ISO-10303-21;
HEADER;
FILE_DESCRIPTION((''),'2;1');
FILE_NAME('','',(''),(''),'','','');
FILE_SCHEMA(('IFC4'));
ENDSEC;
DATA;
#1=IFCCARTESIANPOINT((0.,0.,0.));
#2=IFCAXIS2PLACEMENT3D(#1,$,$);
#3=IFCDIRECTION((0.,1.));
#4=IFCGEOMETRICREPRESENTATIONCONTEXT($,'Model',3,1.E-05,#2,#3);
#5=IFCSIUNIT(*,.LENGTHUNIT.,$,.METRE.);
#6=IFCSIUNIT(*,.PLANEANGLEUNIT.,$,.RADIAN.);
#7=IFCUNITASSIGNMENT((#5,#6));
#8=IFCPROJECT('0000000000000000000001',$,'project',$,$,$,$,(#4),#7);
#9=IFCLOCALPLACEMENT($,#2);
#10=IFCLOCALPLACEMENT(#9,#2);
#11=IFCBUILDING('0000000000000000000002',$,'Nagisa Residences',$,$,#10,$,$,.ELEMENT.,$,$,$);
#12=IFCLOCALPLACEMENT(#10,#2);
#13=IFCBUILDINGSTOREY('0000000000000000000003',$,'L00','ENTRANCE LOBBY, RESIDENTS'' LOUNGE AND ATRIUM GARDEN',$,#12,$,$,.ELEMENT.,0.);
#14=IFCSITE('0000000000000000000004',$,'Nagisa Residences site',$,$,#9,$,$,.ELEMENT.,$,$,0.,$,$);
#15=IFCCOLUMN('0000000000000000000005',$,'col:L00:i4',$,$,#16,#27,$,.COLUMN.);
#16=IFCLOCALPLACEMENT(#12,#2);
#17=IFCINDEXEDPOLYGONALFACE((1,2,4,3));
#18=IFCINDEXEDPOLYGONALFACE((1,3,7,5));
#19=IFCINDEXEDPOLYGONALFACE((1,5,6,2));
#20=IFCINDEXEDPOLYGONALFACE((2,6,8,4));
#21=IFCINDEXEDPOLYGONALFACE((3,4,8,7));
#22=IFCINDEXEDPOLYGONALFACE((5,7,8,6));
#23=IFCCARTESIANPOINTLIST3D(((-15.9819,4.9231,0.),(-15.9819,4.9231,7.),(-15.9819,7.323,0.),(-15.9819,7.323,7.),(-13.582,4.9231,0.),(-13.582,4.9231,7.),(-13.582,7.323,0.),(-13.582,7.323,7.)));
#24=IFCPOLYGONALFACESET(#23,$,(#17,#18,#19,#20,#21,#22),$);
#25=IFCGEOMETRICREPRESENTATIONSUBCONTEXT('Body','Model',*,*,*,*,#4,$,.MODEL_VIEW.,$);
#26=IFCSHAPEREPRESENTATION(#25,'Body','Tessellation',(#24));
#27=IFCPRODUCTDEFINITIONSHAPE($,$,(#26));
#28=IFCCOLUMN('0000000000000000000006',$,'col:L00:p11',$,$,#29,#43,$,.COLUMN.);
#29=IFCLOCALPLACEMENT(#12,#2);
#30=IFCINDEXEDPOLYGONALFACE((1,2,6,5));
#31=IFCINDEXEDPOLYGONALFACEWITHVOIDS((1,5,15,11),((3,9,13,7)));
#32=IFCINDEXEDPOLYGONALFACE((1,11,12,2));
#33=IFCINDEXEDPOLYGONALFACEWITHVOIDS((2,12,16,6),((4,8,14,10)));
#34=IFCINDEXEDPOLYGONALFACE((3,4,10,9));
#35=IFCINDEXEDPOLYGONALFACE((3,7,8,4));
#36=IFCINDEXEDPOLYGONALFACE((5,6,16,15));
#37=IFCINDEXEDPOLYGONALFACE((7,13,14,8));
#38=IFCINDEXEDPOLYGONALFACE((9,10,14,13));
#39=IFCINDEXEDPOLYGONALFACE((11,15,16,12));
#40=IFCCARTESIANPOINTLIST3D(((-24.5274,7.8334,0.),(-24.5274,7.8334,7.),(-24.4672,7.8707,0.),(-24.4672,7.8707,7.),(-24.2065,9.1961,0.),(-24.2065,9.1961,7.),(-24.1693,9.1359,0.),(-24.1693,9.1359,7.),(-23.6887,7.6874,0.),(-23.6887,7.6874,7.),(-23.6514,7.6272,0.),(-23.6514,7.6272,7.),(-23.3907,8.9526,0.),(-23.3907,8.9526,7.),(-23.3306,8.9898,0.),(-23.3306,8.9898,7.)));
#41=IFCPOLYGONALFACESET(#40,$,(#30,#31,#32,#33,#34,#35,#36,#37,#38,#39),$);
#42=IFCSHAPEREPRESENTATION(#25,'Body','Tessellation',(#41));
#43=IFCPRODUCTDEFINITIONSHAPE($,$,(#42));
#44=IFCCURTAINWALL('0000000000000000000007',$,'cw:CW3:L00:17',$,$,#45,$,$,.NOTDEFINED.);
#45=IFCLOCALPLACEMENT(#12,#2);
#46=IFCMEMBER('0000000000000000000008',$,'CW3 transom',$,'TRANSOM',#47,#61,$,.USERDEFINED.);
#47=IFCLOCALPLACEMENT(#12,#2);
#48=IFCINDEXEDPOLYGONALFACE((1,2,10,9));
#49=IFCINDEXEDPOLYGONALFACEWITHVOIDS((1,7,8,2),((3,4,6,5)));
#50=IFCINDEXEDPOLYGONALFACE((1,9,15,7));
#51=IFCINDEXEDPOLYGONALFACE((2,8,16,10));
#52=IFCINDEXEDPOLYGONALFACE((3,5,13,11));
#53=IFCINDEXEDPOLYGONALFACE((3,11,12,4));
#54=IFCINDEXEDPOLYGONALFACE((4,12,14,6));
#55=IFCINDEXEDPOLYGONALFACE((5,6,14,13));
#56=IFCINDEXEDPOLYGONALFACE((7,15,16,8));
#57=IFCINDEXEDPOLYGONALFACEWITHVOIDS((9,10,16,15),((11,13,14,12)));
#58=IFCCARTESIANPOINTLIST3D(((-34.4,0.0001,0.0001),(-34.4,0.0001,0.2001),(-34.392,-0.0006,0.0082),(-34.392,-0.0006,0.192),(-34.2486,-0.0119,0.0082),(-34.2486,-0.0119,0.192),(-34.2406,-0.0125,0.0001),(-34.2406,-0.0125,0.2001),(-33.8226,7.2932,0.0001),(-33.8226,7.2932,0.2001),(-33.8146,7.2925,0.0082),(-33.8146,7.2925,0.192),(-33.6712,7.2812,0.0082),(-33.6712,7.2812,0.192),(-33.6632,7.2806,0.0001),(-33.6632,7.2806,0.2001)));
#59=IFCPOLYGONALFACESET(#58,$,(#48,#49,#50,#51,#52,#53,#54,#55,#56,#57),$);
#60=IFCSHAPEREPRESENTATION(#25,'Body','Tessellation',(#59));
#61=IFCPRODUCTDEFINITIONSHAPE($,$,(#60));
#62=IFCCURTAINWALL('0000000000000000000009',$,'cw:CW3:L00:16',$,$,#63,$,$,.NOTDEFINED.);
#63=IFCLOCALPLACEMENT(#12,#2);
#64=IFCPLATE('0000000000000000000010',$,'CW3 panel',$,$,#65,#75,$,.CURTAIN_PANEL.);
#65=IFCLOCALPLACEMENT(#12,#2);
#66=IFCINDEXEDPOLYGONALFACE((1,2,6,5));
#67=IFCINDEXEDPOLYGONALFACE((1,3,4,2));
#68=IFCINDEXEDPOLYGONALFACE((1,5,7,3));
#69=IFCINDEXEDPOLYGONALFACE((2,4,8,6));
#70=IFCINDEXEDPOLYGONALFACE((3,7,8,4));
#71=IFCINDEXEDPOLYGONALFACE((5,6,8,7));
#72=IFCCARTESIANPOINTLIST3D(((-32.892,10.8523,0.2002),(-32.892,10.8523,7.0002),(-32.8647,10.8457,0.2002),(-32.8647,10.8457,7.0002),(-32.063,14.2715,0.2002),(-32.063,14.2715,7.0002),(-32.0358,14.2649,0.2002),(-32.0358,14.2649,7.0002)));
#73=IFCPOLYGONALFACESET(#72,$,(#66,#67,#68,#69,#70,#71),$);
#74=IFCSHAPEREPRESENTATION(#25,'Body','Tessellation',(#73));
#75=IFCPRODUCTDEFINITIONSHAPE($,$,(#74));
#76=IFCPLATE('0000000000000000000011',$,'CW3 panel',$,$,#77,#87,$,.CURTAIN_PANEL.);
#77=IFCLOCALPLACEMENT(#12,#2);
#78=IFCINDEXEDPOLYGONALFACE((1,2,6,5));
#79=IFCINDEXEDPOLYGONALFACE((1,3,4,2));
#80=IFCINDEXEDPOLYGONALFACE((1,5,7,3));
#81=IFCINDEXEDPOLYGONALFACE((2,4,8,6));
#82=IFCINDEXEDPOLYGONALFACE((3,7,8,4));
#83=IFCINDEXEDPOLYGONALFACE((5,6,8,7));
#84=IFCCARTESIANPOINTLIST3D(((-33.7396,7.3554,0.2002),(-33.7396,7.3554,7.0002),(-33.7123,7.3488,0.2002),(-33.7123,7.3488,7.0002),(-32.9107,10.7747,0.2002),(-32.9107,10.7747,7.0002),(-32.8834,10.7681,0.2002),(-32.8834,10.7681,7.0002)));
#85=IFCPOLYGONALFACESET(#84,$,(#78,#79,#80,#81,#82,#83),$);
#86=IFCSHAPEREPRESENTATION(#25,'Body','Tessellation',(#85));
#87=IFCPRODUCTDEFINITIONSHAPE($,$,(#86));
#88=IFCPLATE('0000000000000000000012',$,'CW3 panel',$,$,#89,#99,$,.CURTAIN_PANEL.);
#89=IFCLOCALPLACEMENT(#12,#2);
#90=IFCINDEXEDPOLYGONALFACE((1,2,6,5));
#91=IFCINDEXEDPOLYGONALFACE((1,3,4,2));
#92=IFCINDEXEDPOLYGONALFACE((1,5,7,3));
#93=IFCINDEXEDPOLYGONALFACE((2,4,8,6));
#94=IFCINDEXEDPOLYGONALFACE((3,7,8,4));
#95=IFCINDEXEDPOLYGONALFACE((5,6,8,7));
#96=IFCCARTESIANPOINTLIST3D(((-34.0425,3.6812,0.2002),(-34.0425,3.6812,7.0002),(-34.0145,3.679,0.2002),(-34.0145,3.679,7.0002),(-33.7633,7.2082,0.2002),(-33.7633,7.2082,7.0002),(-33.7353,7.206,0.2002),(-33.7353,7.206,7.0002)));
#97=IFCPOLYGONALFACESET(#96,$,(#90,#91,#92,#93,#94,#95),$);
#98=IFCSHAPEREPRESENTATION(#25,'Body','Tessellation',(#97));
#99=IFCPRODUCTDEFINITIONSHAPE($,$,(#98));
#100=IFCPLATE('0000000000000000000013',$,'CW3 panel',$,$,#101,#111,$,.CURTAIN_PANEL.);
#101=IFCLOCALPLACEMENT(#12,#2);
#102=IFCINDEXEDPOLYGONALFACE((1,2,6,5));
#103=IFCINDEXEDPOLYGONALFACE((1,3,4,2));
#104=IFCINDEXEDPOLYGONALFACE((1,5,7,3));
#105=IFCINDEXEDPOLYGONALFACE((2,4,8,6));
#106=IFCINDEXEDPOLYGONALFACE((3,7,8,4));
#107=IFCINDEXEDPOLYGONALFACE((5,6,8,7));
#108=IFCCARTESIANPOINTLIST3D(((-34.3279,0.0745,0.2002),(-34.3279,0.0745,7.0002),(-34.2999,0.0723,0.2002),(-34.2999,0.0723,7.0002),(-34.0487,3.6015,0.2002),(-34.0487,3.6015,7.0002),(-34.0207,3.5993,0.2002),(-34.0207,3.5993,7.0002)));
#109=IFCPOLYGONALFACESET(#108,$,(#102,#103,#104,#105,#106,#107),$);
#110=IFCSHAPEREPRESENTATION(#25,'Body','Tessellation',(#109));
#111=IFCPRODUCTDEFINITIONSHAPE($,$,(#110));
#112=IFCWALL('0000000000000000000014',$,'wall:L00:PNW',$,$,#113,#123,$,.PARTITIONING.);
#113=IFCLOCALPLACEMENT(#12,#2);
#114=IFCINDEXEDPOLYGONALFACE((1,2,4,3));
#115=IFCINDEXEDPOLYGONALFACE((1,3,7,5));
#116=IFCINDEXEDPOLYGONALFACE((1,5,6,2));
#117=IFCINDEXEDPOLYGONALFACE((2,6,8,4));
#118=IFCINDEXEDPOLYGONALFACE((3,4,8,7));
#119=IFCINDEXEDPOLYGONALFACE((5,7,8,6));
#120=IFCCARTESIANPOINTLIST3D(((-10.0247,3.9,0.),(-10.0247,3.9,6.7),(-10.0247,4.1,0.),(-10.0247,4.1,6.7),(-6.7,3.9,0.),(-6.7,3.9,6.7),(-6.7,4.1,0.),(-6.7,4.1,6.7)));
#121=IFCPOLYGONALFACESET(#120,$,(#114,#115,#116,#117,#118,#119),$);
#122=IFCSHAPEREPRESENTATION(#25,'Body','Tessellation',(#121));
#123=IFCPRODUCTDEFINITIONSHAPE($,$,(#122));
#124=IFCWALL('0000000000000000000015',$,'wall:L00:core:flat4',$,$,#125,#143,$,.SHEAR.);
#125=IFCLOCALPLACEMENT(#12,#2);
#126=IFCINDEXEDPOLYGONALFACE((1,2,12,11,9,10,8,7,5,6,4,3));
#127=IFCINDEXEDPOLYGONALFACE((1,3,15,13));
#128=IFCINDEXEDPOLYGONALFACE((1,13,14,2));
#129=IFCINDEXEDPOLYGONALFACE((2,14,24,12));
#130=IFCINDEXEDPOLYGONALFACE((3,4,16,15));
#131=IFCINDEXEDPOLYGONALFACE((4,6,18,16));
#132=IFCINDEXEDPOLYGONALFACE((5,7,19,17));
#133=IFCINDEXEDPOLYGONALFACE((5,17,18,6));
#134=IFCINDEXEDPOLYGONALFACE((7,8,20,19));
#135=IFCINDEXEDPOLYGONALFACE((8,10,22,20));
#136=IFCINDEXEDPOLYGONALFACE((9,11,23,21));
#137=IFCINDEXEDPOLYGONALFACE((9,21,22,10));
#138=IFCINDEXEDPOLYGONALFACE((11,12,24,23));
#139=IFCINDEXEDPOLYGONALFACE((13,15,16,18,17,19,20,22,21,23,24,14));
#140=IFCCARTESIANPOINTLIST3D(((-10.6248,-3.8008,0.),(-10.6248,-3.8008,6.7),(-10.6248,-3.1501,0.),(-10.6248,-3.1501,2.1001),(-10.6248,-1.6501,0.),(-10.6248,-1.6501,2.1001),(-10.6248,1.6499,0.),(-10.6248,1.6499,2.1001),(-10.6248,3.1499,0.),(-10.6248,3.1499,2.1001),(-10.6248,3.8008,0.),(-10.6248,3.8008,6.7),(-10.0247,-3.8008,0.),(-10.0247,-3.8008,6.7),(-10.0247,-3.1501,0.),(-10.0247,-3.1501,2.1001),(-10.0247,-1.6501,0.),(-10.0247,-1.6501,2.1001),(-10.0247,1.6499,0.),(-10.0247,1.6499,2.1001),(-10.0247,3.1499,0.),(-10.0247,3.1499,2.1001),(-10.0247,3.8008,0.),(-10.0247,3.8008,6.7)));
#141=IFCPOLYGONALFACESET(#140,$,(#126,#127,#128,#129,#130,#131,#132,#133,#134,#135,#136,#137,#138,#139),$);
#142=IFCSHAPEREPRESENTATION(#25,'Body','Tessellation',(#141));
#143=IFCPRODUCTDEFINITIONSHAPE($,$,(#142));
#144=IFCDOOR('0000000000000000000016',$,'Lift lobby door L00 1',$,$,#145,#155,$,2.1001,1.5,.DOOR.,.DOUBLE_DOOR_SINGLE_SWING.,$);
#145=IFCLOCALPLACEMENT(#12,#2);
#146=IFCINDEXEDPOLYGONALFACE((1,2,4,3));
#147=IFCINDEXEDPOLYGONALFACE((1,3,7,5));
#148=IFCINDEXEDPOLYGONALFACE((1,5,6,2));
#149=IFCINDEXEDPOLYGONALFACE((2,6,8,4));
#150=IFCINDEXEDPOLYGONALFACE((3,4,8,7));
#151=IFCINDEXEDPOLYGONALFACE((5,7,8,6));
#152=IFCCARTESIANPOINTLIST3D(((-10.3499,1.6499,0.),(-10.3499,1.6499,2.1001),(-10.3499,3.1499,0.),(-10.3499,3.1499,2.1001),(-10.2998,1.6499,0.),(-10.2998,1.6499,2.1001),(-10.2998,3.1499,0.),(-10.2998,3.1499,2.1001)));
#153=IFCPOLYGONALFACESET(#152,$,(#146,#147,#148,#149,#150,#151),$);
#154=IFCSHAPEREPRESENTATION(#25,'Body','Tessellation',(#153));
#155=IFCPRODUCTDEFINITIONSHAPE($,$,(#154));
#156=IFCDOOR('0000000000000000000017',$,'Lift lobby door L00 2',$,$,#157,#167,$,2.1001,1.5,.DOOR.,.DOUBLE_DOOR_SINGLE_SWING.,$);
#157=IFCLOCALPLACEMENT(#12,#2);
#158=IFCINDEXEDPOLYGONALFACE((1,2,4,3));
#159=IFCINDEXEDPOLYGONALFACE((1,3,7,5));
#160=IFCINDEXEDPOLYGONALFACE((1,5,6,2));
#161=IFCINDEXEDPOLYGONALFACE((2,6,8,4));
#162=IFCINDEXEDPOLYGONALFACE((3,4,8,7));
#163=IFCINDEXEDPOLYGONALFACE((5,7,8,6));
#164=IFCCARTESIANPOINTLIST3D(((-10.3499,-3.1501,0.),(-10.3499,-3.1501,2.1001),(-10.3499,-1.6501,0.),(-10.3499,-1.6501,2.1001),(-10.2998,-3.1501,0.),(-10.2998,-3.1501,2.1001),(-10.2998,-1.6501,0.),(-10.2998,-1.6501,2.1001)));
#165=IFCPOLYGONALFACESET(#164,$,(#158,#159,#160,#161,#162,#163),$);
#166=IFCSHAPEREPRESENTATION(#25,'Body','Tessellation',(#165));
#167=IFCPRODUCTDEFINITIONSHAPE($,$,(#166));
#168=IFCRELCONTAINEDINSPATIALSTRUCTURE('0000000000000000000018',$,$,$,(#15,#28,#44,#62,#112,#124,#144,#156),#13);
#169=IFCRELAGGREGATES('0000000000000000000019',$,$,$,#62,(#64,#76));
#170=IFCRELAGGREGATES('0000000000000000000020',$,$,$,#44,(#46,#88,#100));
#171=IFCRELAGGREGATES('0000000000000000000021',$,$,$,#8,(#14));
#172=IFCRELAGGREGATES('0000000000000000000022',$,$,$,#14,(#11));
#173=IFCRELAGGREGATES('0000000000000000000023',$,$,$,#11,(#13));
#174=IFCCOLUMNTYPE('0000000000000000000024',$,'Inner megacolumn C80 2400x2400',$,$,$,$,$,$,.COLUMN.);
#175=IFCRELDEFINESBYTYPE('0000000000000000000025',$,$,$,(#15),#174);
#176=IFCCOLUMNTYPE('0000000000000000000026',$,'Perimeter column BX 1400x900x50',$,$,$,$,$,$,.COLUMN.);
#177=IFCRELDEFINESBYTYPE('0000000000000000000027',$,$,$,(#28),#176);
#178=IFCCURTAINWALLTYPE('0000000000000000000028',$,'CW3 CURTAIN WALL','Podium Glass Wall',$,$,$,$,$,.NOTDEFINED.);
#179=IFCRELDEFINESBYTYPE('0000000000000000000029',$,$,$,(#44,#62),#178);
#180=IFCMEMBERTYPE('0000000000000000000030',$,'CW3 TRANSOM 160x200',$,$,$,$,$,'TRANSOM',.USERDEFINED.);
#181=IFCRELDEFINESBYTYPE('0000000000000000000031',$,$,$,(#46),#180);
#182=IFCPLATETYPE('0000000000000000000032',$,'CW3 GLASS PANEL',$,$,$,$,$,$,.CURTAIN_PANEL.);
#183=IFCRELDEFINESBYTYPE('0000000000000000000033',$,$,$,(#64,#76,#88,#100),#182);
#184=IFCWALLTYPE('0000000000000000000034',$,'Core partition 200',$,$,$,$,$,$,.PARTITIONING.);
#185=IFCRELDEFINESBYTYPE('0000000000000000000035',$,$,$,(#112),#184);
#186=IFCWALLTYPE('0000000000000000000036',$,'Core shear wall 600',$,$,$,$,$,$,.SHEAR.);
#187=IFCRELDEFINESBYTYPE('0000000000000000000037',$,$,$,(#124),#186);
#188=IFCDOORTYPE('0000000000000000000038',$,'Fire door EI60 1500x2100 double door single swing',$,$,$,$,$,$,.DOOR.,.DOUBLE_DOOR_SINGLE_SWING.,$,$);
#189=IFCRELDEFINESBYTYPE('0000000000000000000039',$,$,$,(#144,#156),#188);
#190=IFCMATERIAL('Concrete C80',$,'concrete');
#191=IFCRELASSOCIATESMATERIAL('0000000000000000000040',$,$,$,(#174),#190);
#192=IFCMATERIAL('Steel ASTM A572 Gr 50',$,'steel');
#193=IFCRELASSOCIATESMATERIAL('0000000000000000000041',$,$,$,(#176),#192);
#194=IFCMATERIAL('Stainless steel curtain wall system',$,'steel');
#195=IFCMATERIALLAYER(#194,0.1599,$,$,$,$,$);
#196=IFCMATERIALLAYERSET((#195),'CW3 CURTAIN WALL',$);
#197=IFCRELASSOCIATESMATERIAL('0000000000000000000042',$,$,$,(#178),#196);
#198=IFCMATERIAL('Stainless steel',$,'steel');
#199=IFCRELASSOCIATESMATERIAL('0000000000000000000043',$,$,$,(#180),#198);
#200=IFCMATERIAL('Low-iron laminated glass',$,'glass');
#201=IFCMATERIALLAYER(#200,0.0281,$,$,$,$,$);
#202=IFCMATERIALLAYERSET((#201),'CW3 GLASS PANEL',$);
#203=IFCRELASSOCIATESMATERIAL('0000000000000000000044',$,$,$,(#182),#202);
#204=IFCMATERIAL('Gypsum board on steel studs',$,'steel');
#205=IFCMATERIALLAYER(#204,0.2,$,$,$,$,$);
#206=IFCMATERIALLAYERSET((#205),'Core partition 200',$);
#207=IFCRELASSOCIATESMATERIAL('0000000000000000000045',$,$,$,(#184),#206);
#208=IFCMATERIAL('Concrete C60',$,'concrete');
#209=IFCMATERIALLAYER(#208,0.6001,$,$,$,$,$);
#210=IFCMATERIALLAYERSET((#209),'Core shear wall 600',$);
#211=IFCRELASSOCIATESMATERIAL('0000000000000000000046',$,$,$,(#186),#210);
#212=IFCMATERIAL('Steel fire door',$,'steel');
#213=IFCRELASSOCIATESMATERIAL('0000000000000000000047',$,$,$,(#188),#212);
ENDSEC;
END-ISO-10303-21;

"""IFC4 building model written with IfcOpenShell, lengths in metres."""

from ifc_helpers import new_model, si_unit, direction, frame, frame_2d, origin, origin_2d, place, context, subcontext, project, spatial, rectangle, hollow_rectangle, extrude, material, layer, layer_set, material_profile, profile_set, type_object, element, fill, aggregate, save


model = new_model("IFC4")

# Units and contexts
model_context = context("Model", 3, precision=1e-05, world=origin(), true_north=direction((0.0, 1.0)))
body_context = subcontext(model_context, "Body", "Model", "MODEL_VIEW")
ifc_project = project(units=[si_unit("LENGTHUNIT", "METRE"), si_unit("PLANEANGLEUNIT", "RADIAN")], contexts=[model_context])

# Site, building, storey
site_placement = place(None, origin())
site = spatial("IfcSite", under=ifc_project, at=site_placement, Name="Nagisa Residences site", CompositionType="ELEMENT", RefElevation=0.0)
building_placement = place(site_placement, origin())
building = spatial("IfcBuilding", under=site, at=building_placement, Name="Nagisa Residences", CompositionType="ELEMENT")
storey_placement = place(building_placement, origin())
storey = spatial("IfcBuildingStorey", under=building, at=storey_placement, Name="L00", Description="ENTRANCE LOBBY, RESIDENTS' LOUNGE AND ATRIUM GARDEN", CompositionType="ELEMENT", Elevation=0.0)

# Columns
ifc_material_1 = material(Name="Concrete C80", Category="concrete")
ifc_material_profile_1 = material_profile(ifc_material_1, rectangle(XDim=2.3999, YDim=2.3999, at=origin_2d()), Name="C80 2400x2400")
ifc_profile_set_1 = profile_set([ifc_material_profile_1], Name="Concrete C80")
column_type_1 = type_object("IfcColumnType", Name="Inner megacolumn C80 2400x2400", PredefinedType="COLUMN", material=ifc_profile_set_1)
column_1_placement = place(storey_placement, frame((-14.782, 6.123, 0.0), z_axis=(0.0, 0.0, 1.0), x_axis=(1.0, 0.0, 0.0)))
element("IfcColumn", 1, at=column_1_placement, inside=storey, type_object=column_type_1, Name="col:L00:i4", PredefinedType="COLUMN", context=body_context, shape_type="SweptSolid", body=[
    extrude(rectangle(XDim=2.3999, YDim=2.3999, at=origin_2d()), origin(), (0.0, 0.0, 1.0), 7.0),
])
ifc_material_2 = material(Name="Steel ASTM A572 Gr 50", Category="steel")
ifc_material_profile_2 = material_profile(ifc_material_2, hollow_rectangle(XDim=1.3999, YDim=0.8999, WallThickness=0.05, at=origin_2d()), Name="BX 1400x900x50")
ifc_profile_set_2 = profile_set([ifc_material_profile_2], Name="Steel ASTM A572 Gr 50")
column_type_2 = type_object("IfcColumnType", Name="Perimeter column BX 1400x900x50", PredefinedType="COLUMN", material=ifc_profile_set_2)
column_2_placement = place(storey_placement, frame((-23.929, 8.4116, 0.0), z_axis=(0.0, 0.0, 1.0), x_axis=(-0.229202, -0.973379, 0.0)))
element("IfcColumn", 2, at=column_2_placement, inside=storey, type_object=column_type_2, Name="col:L00:p11", PredefinedType="COLUMN", context=body_context, shape_type="SweptSolid", body=[
    extrude(hollow_rectangle(XDim=1.3999, YDim=0.8999, WallThickness=0.05, at=origin_2d()), origin(), (0.0, 0.0, 1.0), 7.0),
])

# Curtain wall, member
ifc_material_3 = material(Name="Stainless steel curtain wall system", Category="steel")
ifc_layer_1 = layer(ifc_material_3, 0.1599)
ifc_layer_set_1 = layer_set([ifc_layer_1], Name="CW3 CURTAIN WALL")
curtain_wall_type = type_object("IfcCurtainWallType", Name="CW3 CURTAIN WALL", Description="Podium Glass Wall", PredefinedType="NOTDEFINED", material=ifc_layer_set_1)
curtain_wall_1_placement = place(storey_placement, origin())
curtain_wall_1 = element("IfcCurtainWall", 3, at=curtain_wall_1_placement, inside=storey, type_object=curtain_wall_type, Name="cw:CW3:L00:17", PredefinedType="NOTDEFINED")
ifc_material_4 = material(Name="Stainless steel", Category="steel")
ifc_material_profile_3 = material_profile(ifc_material_4, hollow_rectangle(XDim=0.1599, YDim=0.2, WallThickness=0.0081, at=origin_2d()), Name="CW3 TRANSOM 160x200")
ifc_profile_set_3 = profile_set([ifc_material_profile_3], Name="Stainless steel")
member_type = type_object("IfcMemberType", Name="CW3 TRANSOM 160x200", ElementType="TRANSOM", PredefinedType="USERDEFINED", material=ifc_profile_set_3)
member_placement = place(storey_placement, frame((-33.7429, 7.2869, 0.1001), z_axis=(-0.078922, -0.996881, 0.0), x_axis=(0.996881, -0.078922, 0.0)))
member = element("IfcMember", 4, at=member_placement, type_object=member_type, Name="CW3 transom", ObjectType="TRANSOM", PredefinedType="USERDEFINED", context=body_context, shape_type="SweptSolid", body=[
    extrude(hollow_rectangle(XDim=0.1599, YDim=0.2, WallThickness=0.0081, at=origin_2d()), origin(), (0.0, 0.0, 1.0), 7.3159),
])

# Curtain wall, plates
curtain_wall_2_placement = place(storey_placement, origin())
curtain_wall_2 = element("IfcCurtainWall", 5, at=curtain_wall_2_placement, inside=storey, type_object=curtain_wall_type, Name="cw:CW3:L00:16", PredefinedType="NOTDEFINED")
ifc_material_5 = material(Name="Low-iron laminated glass", Category="glass")
ifc_layer_2 = layer(ifc_material_5, 0.0281)
ifc_layer_set_2 = layer_set([ifc_layer_2], Name="CW3 GLASS PANEL")
plate_type = type_object("IfcPlateType", Name="CW3 GLASS PANEL", PredefinedType="CURTAIN_PANEL", material=ifc_layer_set_2)
plate_1_placement = place(storey_placement, frame((-32.4639, 12.5586, 0.2002), z_axis=(0.0, 0.0, 1.0), x_axis=(-0.235606, -0.971849, 0.0)))
plate_1 = element("IfcPlate", 6, at=plate_1_placement, type_object=plate_type, Name="CW3 panel", PredefinedType="CURTAIN_PANEL", context=body_context, shape_type="SweptSolid", body=[
    extrude(rectangle(XDim=3.5183, YDim=0.0281, at=origin_2d()), origin(), (0.0, 0.0, 1.0), 6.8),
])
plate_2_placement = place(storey_placement, frame((-33.3115, 9.0618, 0.2002), z_axis=(0.0, 0.0, 1.0), x_axis=(-0.235606, -0.971849, 0.0)))
plate_2 = element("IfcPlate", 7, at=plate_2_placement, type_object=plate_type, Name="CW3 panel", PredefinedType="CURTAIN_PANEL", context=body_context, shape_type="SweptSolid", body=[
    extrude(rectangle(XDim=3.5183, YDim=0.0281, at=origin_2d()), origin(), (0.0, 0.0, 1.0), 6.8),
])
aggregate(curtain_wall_2, [plate_1, plate_2])

# Plates
plate_3_placement = place(storey_placement, frame((-33.8889, 5.4436, 0.2002), z_axis=(0.0, 0.0, 1.0), x_axis=(-0.07891, -0.996882, 0.0)))
plate_3 = element("IfcPlate", 8, at=plate_3_placement, type_object=plate_type, Name="CW3 panel", PredefinedType="CURTAIN_PANEL", context=body_context, shape_type="SweptSolid", body=[
    extrude(rectangle(XDim=3.5381, YDim=0.0281, at=origin_2d()), origin(), (0.0, 0.0, 1.0), 6.8),
])
plate_4_placement = place(storey_placement, frame((-34.1743, 1.8369, 0.2002), z_axis=(0.0, 0.0, 1.0), x_axis=(-0.07891, -0.996882, 0.0)))
plate_4 = element("IfcPlate", 9, at=plate_4_placement, type_object=plate_type, Name="CW3 panel", PredefinedType="CURTAIN_PANEL", context=body_context, shape_type="SweptSolid", body=[
    extrude(rectangle(XDim=3.5381, YDim=0.0281, at=origin_2d()), origin(), (0.0, 0.0, 1.0), 6.8),
])
aggregate(curtain_wall_1, [member, plate_3, plate_4])

# Wall
ifc_material_6 = material(Name="Gypsum board on steel studs", Category="steel")
ifc_layer_3 = layer(ifc_material_6, 0.2)
ifc_layer_set_3 = layer_set([ifc_layer_3], Name="Core partition 200")
wall_type_1 = type_object("IfcWallType", Name="Core partition 200", PredefinedType="PARTITIONING", material=ifc_layer_set_3)
wall_1_placement = place(storey_placement, frame((-10.0247, 4.0, 0.0), z_axis=(0.0, 0.0, 1.0), x_axis=(1.0, 0.0, 0.0)))
element("IfcWall", 10, at=wall_1_placement, inside=storey, type_object=wall_type_1, Name="wall:L00:PNW", PredefinedType="PARTITIONING", context=body_context, shape_type="SweptSolid", body=[
    extrude(rectangle(XDim=3.3247, YDim=0.2, at=frame_2d((1.6624, 0.0))), origin(), (0.0, 0.0, 1.0), 6.7),
])

# Wall, openings, doors
ifc_material_7 = material(Name="Concrete C60", Category="concrete")
ifc_layer_4 = layer(ifc_material_7, 0.6001)
ifc_layer_set_4 = layer_set([ifc_layer_4], Name="Core shear wall 600")
wall_type_2 = type_object("IfcWallType", Name="Core shear wall 600", PredefinedType="SHEAR", material=ifc_layer_set_4)
wall_2_placement = place(storey_placement, frame((-10.3247, 3.8008, 0.0), z_axis=(0.0, 0.0, 1.0), x_axis=(0.0, -1.0, 0.0)))
wall_2 = element("IfcWall", 11, at=wall_2_placement, inside=storey, type_object=wall_type_2, Name="wall:L00:core:flat4", PredefinedType="SHEAR", context=body_context, shape_type="SweptSolid", body=[
    extrude(rectangle(XDim=7.6016, YDim=0.6001, at=frame_2d((3.8008, 0.0))), origin(), (0.0, 0.0, 1.0), 6.7),
])
opening_1_placement = place(wall_2_placement, frame((0.6509, 0.0, 0.0)))
opening_1 = element("IfcOpeningElement", 12, at=opening_1_placement, cuts=wall_2, PredefinedType="OPENING", context=body_context, shape_type="SweptSolid", body=[
    extrude(rectangle(XDim=1.5, YDim=2.1001, at=frame_2d((0.75, 1.05))), frame((0.0, 0.3101, 0.0), z_axis=(0.0, -1.0, 0.0), x_axis=(1.0, 0.0, 0.0)), (0.0, 0.0, 1.0), 0.6201),
])
opening_2_placement = place(wall_2_placement, frame((5.4509, 0.0, 0.0)))
opening_2 = element("IfcOpeningElement", 13, at=opening_2_placement, cuts=wall_2, PredefinedType="OPENING", context=body_context, shape_type="SweptSolid", body=[
    extrude(rectangle(XDim=1.5, YDim=2.1001, at=frame_2d((0.75, 1.05))), frame((0.0, 0.3101, 0.0), z_axis=(0.0, -1.0, 0.0), x_axis=(1.0, 0.0, 0.0)), (0.0, 0.0, 1.0), 0.6201),
])
ifc_material_8 = material(Name="Steel fire door", Category="steel")
door_type_1 = type_object("IfcDoorType", Name="Fire door EI60 1500x2100 double door single swing", OperationType="DOUBLE_DOOR_SINGLE_SWING", PredefinedType="DOOR", material=ifc_material_8)
door_1_placement = place(opening_1_placement, origin())
door_1 = element("IfcDoor", 14, at=door_1_placement, inside=storey, type_object=door_type_1, Name="Lift lobby door L00 1", OperationType="DOUBLE_DOOR_SINGLE_SWING", OverallHeight=2.1001, OverallWidth=1.5, PredefinedType="DOOR", context=body_context, shape_type="SweptSolid", body=[
    extrude(rectangle(XDim=1.5, YDim=2.1001, at=frame_2d((0.75, 1.05))), frame((0.0, 0.0249, 0.0), z_axis=(0.0, -1.0, 0.0), x_axis=(1.0, 0.0, 0.0)), (0.0, 0.0, 1.0), 0.05),
])
fill(opening_1, door_1)
door_2_placement = place(opening_2_placement, origin())
door_2 = element("IfcDoor", 15, at=door_2_placement, inside=storey, type_object=door_type_1, Name="Lift lobby door L00 2", OperationType="DOUBLE_DOOR_SINGLE_SWING", OverallHeight=2.1001, OverallWidth=1.5, PredefinedType="DOOR", context=body_context, shape_type="SweptSolid", body=[
    extrude(rectangle(XDim=1.5, YDim=2.1001, at=frame_2d((0.75, 1.05))), frame((0.0, 0.0249, 0.0), z_axis=(0.0, -1.0, 0.0), x_axis=(1.0, 0.0, 0.0)), (0.0, 0.0, 1.0), 0.05),
])
fill(opening_2, door_2)

save(model, "model.ifc")
